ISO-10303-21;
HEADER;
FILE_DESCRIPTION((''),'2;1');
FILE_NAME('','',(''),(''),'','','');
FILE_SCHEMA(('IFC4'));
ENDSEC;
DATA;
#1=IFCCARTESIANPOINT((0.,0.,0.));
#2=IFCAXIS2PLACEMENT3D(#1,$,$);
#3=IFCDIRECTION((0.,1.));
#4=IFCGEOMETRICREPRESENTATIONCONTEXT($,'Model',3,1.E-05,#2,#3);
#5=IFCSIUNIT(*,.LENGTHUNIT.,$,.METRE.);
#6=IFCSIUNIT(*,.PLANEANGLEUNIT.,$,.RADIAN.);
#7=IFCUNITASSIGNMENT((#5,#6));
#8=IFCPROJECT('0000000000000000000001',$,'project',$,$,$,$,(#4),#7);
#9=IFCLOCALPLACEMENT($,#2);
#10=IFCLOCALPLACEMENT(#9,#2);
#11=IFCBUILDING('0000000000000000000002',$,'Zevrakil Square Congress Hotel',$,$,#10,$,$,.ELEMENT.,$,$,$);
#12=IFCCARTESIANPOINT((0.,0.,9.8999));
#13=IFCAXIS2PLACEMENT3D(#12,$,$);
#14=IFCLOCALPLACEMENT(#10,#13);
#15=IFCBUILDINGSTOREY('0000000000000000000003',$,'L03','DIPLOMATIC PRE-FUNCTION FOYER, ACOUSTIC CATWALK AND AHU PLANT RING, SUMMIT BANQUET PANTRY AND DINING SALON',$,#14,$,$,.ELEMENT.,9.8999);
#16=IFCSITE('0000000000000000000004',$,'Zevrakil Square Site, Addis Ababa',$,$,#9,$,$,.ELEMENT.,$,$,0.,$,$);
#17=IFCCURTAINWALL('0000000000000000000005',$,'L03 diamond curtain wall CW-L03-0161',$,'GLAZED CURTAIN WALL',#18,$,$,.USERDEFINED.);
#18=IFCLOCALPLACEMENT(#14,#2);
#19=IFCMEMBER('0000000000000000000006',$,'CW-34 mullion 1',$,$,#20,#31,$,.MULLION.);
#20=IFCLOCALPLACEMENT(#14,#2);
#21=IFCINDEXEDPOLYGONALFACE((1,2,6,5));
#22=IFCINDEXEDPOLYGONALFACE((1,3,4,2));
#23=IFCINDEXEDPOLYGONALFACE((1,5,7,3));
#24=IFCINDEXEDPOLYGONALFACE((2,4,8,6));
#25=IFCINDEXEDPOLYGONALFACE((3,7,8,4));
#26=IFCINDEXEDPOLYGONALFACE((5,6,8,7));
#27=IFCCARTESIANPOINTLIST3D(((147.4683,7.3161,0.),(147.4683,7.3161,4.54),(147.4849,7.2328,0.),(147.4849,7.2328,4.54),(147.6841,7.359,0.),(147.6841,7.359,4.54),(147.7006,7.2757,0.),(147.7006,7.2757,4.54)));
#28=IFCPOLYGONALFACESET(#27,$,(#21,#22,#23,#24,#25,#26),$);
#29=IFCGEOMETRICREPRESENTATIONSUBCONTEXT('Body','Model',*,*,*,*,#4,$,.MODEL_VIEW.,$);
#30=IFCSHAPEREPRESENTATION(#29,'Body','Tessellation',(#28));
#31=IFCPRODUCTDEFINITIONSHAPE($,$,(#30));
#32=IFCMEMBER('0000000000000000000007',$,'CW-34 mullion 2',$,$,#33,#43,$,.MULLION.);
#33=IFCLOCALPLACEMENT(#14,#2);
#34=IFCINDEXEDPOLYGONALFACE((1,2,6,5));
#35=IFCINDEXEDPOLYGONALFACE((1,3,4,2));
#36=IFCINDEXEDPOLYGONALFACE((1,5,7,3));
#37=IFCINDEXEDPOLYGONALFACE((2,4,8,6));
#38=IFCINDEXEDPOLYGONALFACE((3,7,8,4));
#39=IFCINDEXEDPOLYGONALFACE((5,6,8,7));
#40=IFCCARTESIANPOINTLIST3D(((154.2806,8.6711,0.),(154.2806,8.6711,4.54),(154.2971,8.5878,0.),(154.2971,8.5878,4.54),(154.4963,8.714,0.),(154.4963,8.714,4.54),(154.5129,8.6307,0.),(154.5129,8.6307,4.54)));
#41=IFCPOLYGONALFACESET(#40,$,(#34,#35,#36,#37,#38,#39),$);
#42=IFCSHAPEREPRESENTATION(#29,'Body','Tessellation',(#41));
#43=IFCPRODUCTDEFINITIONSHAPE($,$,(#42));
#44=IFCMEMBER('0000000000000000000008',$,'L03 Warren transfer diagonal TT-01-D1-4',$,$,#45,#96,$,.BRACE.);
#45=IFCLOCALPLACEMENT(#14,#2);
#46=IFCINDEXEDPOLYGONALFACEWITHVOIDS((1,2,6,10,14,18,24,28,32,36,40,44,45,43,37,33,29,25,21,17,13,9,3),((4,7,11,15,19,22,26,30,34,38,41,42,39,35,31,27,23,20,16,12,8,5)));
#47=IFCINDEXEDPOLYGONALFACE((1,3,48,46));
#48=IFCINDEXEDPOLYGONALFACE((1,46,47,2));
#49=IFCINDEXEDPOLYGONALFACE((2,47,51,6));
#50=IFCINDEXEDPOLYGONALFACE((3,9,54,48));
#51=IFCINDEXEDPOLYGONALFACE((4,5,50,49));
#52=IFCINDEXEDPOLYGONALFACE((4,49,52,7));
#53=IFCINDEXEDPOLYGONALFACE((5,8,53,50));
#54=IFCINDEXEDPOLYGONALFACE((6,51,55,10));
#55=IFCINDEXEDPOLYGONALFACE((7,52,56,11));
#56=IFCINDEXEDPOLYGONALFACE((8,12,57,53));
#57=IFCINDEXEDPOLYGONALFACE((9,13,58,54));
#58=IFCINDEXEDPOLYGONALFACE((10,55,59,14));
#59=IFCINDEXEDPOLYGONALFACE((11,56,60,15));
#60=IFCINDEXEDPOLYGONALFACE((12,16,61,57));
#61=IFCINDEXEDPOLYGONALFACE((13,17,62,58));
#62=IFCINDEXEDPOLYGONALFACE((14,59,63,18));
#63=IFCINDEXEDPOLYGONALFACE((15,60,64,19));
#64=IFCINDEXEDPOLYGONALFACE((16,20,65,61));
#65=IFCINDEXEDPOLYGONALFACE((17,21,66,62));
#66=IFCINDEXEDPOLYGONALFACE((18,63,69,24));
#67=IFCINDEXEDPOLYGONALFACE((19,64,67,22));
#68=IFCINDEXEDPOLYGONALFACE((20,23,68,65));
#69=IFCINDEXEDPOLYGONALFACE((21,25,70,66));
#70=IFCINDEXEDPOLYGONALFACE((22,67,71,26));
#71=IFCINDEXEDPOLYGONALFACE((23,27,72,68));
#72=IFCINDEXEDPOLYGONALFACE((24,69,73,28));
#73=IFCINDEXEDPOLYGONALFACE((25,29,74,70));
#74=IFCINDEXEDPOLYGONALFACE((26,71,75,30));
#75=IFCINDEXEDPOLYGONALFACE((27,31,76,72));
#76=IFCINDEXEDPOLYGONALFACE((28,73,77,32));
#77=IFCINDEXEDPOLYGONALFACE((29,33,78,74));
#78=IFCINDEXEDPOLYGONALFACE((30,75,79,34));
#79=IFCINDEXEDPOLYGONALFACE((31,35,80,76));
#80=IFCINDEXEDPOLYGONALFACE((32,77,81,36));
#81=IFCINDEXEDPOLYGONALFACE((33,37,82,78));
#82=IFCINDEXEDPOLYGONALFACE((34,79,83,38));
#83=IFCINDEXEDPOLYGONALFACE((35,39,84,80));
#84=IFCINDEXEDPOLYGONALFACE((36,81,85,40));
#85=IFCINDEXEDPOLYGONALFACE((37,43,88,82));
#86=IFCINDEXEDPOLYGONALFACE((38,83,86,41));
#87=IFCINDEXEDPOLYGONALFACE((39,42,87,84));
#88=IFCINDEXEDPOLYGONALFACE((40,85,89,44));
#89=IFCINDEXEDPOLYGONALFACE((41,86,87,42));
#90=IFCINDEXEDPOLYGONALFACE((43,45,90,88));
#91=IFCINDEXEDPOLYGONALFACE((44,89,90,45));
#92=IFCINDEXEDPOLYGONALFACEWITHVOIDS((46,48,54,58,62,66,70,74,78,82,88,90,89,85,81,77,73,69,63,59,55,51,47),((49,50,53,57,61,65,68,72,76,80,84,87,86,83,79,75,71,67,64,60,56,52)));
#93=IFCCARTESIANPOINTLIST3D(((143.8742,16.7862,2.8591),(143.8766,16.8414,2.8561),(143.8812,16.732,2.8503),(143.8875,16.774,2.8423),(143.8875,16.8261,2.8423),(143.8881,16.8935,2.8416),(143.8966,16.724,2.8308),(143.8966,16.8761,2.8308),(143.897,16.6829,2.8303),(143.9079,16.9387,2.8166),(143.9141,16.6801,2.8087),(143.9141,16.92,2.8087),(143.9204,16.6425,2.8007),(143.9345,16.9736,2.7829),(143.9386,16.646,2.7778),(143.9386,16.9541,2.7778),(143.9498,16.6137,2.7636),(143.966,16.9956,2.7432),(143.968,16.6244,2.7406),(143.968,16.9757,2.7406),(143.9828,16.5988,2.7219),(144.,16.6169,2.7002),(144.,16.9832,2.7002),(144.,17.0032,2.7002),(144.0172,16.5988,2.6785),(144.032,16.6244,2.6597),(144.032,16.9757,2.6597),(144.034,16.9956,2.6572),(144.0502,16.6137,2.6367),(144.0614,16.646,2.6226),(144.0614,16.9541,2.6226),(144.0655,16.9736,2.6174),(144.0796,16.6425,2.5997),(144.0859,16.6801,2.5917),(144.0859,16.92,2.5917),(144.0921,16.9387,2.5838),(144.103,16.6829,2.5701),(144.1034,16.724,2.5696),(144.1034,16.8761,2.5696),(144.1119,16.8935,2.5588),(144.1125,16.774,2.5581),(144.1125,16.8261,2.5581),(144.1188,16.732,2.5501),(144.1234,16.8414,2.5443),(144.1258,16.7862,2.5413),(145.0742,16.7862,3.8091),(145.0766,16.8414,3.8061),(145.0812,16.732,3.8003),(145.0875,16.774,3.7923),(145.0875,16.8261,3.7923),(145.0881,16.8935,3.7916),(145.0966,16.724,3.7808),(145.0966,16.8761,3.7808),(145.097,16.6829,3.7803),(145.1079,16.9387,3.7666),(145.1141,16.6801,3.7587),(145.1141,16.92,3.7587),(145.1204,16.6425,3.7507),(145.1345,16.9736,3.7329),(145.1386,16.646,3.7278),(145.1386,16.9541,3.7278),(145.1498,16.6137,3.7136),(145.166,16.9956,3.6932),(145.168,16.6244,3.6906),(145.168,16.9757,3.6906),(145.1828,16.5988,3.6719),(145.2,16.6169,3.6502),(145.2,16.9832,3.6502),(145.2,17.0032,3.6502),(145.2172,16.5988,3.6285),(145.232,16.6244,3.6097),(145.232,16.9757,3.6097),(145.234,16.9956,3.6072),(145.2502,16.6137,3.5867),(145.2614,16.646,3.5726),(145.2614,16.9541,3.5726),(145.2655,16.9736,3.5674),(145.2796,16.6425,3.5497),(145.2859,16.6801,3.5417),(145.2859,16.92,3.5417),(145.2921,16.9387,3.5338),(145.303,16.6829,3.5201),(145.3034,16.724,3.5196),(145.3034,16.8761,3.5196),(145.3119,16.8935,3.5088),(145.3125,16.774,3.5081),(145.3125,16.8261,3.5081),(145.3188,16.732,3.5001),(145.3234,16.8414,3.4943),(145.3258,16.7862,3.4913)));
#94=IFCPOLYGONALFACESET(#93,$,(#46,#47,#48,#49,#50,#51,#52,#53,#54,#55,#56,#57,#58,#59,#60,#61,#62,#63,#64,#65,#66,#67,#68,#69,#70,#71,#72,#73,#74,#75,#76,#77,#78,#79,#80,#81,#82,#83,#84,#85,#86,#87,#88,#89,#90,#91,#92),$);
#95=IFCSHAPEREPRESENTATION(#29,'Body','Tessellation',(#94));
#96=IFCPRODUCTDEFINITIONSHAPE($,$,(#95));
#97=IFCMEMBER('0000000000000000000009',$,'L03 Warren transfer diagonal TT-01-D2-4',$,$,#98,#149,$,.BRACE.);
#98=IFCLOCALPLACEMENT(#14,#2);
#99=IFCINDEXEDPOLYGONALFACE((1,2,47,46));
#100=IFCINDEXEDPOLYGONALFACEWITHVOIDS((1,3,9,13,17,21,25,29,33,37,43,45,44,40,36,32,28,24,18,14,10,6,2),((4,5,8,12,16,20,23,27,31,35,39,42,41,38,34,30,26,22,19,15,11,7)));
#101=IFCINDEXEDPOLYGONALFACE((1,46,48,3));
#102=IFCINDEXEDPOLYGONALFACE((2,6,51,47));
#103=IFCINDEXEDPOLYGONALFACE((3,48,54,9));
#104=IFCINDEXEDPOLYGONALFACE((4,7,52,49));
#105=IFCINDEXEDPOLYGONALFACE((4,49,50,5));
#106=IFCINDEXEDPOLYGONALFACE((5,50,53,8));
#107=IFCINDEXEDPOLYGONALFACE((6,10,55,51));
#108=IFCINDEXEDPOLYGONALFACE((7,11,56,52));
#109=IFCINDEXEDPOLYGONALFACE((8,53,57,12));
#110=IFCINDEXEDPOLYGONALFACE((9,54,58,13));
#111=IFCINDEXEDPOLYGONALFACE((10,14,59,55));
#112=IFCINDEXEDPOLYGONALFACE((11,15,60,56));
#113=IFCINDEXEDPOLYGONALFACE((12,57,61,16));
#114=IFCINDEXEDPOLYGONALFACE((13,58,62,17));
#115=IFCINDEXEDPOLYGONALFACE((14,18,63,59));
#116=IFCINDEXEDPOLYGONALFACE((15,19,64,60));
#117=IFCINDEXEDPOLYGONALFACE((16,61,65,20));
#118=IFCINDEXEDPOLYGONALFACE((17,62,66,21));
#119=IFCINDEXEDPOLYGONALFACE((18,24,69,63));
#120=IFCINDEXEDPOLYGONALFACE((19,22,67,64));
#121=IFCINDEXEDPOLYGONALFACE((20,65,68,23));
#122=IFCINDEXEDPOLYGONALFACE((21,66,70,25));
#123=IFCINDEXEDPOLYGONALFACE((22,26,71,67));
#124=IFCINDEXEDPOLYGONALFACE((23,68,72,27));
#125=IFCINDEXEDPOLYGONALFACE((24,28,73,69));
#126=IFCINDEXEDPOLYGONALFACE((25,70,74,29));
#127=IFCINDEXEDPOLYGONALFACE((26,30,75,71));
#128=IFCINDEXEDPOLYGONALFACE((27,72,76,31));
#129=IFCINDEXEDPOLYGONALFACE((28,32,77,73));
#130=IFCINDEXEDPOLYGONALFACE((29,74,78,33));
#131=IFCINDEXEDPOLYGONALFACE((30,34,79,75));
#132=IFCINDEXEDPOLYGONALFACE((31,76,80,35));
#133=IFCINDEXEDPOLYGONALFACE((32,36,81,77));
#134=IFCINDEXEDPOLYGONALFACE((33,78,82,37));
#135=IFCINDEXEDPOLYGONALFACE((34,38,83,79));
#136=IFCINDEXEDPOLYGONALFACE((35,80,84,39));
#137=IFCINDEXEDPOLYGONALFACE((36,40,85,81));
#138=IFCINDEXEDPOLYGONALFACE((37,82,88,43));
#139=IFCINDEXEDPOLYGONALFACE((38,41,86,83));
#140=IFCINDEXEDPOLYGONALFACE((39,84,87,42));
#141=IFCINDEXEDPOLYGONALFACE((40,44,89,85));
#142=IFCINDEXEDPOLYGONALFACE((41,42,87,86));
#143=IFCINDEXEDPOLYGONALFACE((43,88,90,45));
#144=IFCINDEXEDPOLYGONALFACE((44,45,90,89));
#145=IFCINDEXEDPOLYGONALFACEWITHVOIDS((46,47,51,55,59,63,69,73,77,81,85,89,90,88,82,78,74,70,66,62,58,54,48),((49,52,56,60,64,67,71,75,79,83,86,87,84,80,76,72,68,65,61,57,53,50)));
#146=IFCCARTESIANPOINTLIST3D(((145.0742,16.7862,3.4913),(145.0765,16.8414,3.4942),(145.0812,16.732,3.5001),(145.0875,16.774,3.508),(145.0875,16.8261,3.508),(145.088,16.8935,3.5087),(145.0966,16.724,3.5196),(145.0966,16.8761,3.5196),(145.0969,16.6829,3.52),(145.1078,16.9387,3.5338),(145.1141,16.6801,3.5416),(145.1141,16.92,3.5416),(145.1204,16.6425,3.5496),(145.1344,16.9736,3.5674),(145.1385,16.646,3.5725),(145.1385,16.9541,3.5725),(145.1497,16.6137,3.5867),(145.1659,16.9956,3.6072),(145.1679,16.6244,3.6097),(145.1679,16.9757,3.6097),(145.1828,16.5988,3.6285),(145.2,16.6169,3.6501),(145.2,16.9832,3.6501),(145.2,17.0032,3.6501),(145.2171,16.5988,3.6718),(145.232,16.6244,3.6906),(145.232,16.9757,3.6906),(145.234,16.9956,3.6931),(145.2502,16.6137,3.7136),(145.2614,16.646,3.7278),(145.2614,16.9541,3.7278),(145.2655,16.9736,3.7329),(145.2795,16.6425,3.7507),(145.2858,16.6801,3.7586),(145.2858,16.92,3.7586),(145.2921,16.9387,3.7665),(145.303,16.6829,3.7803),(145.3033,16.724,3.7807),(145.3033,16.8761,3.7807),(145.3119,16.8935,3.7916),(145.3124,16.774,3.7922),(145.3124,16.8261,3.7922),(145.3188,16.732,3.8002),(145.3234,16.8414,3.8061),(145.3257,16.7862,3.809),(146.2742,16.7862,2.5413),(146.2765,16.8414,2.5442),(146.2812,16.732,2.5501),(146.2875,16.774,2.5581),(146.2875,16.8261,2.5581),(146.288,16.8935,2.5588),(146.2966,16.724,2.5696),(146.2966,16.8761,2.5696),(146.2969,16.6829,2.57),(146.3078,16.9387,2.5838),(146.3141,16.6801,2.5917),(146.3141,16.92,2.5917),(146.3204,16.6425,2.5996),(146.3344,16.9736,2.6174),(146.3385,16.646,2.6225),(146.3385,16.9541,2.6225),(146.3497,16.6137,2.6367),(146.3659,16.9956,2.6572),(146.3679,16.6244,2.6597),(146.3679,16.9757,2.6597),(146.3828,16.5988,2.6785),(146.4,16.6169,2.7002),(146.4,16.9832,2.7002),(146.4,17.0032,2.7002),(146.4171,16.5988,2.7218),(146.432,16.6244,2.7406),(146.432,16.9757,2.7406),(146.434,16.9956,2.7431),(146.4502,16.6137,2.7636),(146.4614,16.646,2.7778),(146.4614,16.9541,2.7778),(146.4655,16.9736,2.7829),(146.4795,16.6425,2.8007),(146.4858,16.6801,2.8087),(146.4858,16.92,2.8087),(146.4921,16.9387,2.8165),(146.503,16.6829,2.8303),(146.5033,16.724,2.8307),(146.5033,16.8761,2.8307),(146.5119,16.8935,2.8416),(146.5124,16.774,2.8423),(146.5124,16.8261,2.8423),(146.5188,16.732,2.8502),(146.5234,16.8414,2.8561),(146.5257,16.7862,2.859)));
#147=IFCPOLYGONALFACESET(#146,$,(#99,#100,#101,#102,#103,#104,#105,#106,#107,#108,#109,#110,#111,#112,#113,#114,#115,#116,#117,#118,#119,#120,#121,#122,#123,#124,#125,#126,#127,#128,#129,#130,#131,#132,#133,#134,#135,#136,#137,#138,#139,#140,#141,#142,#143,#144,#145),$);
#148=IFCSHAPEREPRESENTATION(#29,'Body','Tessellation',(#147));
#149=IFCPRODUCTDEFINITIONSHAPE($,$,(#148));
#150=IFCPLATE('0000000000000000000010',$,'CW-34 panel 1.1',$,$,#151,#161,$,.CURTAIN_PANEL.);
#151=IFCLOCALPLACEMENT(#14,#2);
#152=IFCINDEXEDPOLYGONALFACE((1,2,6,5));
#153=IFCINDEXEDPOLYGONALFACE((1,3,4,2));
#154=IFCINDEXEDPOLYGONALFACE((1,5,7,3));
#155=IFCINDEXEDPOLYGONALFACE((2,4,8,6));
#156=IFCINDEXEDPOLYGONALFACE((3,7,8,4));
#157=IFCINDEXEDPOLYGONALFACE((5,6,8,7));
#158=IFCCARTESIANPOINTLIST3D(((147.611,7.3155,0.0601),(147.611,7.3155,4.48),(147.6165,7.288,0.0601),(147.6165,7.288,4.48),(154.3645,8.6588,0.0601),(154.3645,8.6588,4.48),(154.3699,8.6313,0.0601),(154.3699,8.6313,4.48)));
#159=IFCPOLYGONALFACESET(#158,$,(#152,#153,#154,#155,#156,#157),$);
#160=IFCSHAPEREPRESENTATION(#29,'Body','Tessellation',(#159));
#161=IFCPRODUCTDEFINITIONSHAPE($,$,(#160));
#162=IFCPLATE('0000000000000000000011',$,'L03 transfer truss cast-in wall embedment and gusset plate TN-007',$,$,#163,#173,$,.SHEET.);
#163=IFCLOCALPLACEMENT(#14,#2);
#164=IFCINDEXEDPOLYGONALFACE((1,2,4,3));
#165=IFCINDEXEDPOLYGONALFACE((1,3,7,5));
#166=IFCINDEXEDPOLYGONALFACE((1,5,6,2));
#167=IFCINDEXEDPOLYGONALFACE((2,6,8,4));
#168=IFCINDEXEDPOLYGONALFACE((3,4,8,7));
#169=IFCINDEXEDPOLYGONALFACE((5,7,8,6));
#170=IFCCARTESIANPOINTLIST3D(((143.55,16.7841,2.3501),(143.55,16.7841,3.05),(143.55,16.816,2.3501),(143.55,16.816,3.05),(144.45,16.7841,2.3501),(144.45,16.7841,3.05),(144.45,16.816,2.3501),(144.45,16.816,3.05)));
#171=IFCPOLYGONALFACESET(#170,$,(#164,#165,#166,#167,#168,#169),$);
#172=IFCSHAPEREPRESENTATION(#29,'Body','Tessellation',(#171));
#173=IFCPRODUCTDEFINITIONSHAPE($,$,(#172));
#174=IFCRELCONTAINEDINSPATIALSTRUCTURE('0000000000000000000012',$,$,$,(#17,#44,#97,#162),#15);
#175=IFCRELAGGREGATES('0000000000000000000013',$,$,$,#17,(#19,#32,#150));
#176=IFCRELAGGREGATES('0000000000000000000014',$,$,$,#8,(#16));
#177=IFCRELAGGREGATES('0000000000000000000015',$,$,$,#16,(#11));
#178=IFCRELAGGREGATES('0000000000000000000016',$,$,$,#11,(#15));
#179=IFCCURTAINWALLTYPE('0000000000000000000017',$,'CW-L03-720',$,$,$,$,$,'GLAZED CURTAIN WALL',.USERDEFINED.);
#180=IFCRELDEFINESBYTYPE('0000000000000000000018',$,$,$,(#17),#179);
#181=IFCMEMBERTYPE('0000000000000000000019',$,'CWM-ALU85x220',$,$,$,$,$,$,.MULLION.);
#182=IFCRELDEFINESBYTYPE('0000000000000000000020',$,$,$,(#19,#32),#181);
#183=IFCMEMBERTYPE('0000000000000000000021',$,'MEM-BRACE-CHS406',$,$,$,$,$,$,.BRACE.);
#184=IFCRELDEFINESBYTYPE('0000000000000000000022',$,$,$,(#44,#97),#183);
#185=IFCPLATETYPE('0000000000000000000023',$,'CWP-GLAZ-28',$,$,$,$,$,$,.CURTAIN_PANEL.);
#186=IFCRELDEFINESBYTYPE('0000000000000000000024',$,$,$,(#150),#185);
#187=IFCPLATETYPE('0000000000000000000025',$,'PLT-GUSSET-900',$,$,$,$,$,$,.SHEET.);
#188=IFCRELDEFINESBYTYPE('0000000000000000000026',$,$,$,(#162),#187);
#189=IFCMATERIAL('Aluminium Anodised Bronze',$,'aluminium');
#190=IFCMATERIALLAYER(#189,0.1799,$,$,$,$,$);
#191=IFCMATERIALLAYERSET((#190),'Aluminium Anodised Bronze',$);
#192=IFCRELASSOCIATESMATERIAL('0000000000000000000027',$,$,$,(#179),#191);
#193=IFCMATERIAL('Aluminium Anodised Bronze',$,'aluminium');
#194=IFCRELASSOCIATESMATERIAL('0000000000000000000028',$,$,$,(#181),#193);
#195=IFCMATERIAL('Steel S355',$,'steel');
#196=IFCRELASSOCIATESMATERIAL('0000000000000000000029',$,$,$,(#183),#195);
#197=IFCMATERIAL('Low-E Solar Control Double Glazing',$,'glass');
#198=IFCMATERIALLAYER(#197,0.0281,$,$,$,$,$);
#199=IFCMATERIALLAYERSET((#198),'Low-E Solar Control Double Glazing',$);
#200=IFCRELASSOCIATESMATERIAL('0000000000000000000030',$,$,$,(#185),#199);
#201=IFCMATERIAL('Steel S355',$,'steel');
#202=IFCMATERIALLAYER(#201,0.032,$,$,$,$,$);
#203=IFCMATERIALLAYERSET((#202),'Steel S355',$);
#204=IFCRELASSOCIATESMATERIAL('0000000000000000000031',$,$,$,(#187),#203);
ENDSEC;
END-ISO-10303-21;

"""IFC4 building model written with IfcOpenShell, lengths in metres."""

from ifc_helpers import new_model, si_unit, direction, frame, origin, origin_2d, place, context, subcontext, project, spatial, rectangle, hollow_circle, extrude, material, layer, layer_set, material_profile, profile_set, type_object, element, aggregate, save


model = new_model("IFC4")

# Units and contexts
model_context = context("Model", 3, precision=1e-05, world=origin(), true_north=direction((0.0, 1.0)))
body_context = subcontext(model_context, "Body", "Model", "MODEL_VIEW")
ifc_project = project(units=[si_unit("LENGTHUNIT", "METRE"), si_unit("PLANEANGLEUNIT", "RADIAN")], contexts=[model_context])

# Site, building, storey
site_placement = place(None, origin())
site = spatial("IfcSite", under=ifc_project, at=site_placement, Name="Zevrakil Square Site, Addis Ababa", CompositionType="ELEMENT", RefElevation=0.0)
building_placement = place(site_placement, origin())
building = spatial("IfcBuilding", under=site, at=building_placement, Name="Zevrakil Square Congress Hotel", CompositionType="ELEMENT")
storey_placement = place(building_placement, frame((0.0, 0.0, 9.8999)))
storey = spatial("IfcBuildingStorey", under=building, at=storey_placement, Name="L03", Description="DIPLOMATIC PRE-FUNCTION FOYER, ACOUSTIC CATWALK AND AHU PLANT RING, SUMMIT BANQUET PANTRY AND DINING SALON", CompositionType="ELEMENT", Elevation=9.8999)

# Curtain wall
ifc_material_1 = material(Name="Aluminium Anodised Bronze", Category="aluminium")
ifc_layer_1 = layer(ifc_material_1, 0.1799)
ifc_layer_set_1 = layer_set([ifc_layer_1], Name="Aluminium Anodised Bronze")
curtain_wall_type_1 = type_object("IfcCurtainWallType", Name="CW-L03-720", ElementType="GLAZED CURTAIN WALL", PredefinedType="USERDEFINED", material=ifc_layer_set_1)
curtain_wall_1_placement = place(storey_placement, origin())
curtain_wall_1 = element("IfcCurtainWall", 1, at=curtain_wall_1_placement, inside=storey, type_object=curtain_wall_type_1, Name="L03 diamond curtain wall CW-L03-0161", ObjectType="GLAZED CURTAIN WALL", PredefinedType="USERDEFINED")

# Shared definitions
ifc_material_2 = material(Name="Aluminium Anodised Bronze", Category="aluminium")
ifc_material_profile_1 = material_profile(ifc_material_2, rectangle(XDim=0.085, YDim=0.22, at=origin_2d()), Name="ALU 85x220")
ifc_profile_set_1 = profile_set([ifc_material_profile_1], Name="Aluminium Anodised Bronze")
member_type_1 = type_object("IfcMemberType", Name="CWM-ALU85x220", PredefinedType="MULLION", material=ifc_profile_set_1)

# Members
member_1_placement = place(storey_placement, frame((147.5845, 7.2959, 0.0), z_axis=(0.0, 0.0, 1.0), x_axis=(-0.195084, 0.980787, 0.0)))
member_1 = element("IfcMember", 2, at=member_1_placement, type_object=member_type_1, Name="CW-34 mullion 1", PredefinedType="MULLION", context=body_context, shape_type="SweptSolid", body=[
    extrude(rectangle(XDim=0.085, YDim=0.22, at=origin_2d()), origin(), (0.0, 0.0, 1.0), 4.54),
])
member_2_placement = place(storey_placement, frame((154.3967, 8.6509, 0.0), z_axis=(0.0, 0.0, 1.0), x_axis=(-0.195084, 0.980787, 0.0)))
member_2 = element("IfcMember", 3, at=member_2_placement, type_object=member_type_1, Name="CW-34 mullion 2", PredefinedType="MULLION", context=body_context, shape_type="SweptSolid", body=[
    extrude(rectangle(XDim=0.085, YDim=0.22, at=origin_2d()), origin(), (0.0, 0.0, 1.0), 4.54),
])

# Members
ifc_material_3 = material(Name="Steel S355", Category="steel")
ifc_material_profile_2 = material_profile(ifc_material_3, hollow_circle(Radius=0.2031, WallThickness=0.02, at=origin_2d()), Name="CHS 406.4x20")
ifc_profile_set_2 = profile_set([ifc_material_profile_2], Name="Steel S355")
member_type_2 = type_object("IfcMemberType", Name="MEM-BRACE-CHS406", PredefinedType="BRACE", material=ifc_profile_set_2)
for number, where, z_axis, x_axis, name in (
    (4, (144.0, 16.8, 2.7002), (0.784049, 0.0, 0.620699), (0.0, 1.0, 0.0), "L03 Warren transfer diagonal TT-01-D1-4"),
    (5, (145.2, 16.8, 3.6501), (0.784049, 0.0, -0.620699), (0.0, 1.0, 0.0), "L03 Warren transfer diagonal TT-01-D2-4"),
):
    element("IfcMember", number, at=place(storey_placement, frame(where, z_axis=z_axis, x_axis=x_axis)), inside=storey, type_object=member_type_2, Name=name, PredefinedType="BRACE", context=body_context, shape_type="SweptSolid", body=[
        extrude(hollow_circle(Radius=0.2031, WallThickness=0.02, at=origin_2d()), origin(), (0.0, 0.0, 1.0), 1.5305),
    ])

# Plates
ifc_material_4 = material(Name="Low-E Solar Control Double Glazing", Category="glass")
ifc_layer_2 = layer(ifc_material_4, 0.0281)
ifc_layer_set_2 = layer_set([ifc_layer_2], Name="Low-E Solar Control Double Glazing")
plate_type_1 = type_object("IfcPlateType", Name="CWP-GLAZ-28", PredefinedType="CURTAIN_PANEL", material=ifc_layer_set_2)
plate_1_placement = place(storey_placement, frame((150.9905, 7.9734, 0.0601), z_axis=(0.0, 0.0, 1.0), x_axis=(0.980787, 0.195084, 0.0)))
plate_1 = element("IfcPlate", 6, at=plate_1_placement, type_object=plate_type_1, Name="CW-34 panel 1.1", PredefinedType="CURTAIN_PANEL", context=body_context, shape_type="SweptSolid", body=[
    extrude(rectangle(XDim=6.8857, YDim=0.0281, at=origin_2d()), origin(), (0.0, 0.0, 1.0), 4.4199),
])
aggregate(curtain_wall_1, [member_1, member_2, plate_1])
ifc_material_5 = material(Name="Steel S355", Category="steel")
ifc_layer_3 = layer(ifc_material_5, 0.032)
ifc_layer_set_3 = layer_set([ifc_layer_3], Name="Steel S355")
plate_type_2 = type_object("IfcPlateType", Name="PLT-GUSSET-900", PredefinedType="SHEET", material=ifc_layer_set_3)
plate_2_placement = place(storey_placement, frame((144.0, 16.8, 2.3501), z_axis=(0.0, 0.0, 1.0), x_axis=(1.0, 0.0, 0.0)))
element("IfcPlate", 7, at=plate_2_placement, inside=storey, type_object=plate_type_2, Name="L03 transfer truss cast-in wall embedment and gusset plate TN-007", PredefinedType="SHEET", context=body_context, shape_type="SweptSolid", body=[
    extrude(rectangle(XDim=0.8999, YDim=0.032, at=origin_2d()), origin(), (0.0, 0.0, 1.0), 0.7),
])

save(model, "model.ifc")
